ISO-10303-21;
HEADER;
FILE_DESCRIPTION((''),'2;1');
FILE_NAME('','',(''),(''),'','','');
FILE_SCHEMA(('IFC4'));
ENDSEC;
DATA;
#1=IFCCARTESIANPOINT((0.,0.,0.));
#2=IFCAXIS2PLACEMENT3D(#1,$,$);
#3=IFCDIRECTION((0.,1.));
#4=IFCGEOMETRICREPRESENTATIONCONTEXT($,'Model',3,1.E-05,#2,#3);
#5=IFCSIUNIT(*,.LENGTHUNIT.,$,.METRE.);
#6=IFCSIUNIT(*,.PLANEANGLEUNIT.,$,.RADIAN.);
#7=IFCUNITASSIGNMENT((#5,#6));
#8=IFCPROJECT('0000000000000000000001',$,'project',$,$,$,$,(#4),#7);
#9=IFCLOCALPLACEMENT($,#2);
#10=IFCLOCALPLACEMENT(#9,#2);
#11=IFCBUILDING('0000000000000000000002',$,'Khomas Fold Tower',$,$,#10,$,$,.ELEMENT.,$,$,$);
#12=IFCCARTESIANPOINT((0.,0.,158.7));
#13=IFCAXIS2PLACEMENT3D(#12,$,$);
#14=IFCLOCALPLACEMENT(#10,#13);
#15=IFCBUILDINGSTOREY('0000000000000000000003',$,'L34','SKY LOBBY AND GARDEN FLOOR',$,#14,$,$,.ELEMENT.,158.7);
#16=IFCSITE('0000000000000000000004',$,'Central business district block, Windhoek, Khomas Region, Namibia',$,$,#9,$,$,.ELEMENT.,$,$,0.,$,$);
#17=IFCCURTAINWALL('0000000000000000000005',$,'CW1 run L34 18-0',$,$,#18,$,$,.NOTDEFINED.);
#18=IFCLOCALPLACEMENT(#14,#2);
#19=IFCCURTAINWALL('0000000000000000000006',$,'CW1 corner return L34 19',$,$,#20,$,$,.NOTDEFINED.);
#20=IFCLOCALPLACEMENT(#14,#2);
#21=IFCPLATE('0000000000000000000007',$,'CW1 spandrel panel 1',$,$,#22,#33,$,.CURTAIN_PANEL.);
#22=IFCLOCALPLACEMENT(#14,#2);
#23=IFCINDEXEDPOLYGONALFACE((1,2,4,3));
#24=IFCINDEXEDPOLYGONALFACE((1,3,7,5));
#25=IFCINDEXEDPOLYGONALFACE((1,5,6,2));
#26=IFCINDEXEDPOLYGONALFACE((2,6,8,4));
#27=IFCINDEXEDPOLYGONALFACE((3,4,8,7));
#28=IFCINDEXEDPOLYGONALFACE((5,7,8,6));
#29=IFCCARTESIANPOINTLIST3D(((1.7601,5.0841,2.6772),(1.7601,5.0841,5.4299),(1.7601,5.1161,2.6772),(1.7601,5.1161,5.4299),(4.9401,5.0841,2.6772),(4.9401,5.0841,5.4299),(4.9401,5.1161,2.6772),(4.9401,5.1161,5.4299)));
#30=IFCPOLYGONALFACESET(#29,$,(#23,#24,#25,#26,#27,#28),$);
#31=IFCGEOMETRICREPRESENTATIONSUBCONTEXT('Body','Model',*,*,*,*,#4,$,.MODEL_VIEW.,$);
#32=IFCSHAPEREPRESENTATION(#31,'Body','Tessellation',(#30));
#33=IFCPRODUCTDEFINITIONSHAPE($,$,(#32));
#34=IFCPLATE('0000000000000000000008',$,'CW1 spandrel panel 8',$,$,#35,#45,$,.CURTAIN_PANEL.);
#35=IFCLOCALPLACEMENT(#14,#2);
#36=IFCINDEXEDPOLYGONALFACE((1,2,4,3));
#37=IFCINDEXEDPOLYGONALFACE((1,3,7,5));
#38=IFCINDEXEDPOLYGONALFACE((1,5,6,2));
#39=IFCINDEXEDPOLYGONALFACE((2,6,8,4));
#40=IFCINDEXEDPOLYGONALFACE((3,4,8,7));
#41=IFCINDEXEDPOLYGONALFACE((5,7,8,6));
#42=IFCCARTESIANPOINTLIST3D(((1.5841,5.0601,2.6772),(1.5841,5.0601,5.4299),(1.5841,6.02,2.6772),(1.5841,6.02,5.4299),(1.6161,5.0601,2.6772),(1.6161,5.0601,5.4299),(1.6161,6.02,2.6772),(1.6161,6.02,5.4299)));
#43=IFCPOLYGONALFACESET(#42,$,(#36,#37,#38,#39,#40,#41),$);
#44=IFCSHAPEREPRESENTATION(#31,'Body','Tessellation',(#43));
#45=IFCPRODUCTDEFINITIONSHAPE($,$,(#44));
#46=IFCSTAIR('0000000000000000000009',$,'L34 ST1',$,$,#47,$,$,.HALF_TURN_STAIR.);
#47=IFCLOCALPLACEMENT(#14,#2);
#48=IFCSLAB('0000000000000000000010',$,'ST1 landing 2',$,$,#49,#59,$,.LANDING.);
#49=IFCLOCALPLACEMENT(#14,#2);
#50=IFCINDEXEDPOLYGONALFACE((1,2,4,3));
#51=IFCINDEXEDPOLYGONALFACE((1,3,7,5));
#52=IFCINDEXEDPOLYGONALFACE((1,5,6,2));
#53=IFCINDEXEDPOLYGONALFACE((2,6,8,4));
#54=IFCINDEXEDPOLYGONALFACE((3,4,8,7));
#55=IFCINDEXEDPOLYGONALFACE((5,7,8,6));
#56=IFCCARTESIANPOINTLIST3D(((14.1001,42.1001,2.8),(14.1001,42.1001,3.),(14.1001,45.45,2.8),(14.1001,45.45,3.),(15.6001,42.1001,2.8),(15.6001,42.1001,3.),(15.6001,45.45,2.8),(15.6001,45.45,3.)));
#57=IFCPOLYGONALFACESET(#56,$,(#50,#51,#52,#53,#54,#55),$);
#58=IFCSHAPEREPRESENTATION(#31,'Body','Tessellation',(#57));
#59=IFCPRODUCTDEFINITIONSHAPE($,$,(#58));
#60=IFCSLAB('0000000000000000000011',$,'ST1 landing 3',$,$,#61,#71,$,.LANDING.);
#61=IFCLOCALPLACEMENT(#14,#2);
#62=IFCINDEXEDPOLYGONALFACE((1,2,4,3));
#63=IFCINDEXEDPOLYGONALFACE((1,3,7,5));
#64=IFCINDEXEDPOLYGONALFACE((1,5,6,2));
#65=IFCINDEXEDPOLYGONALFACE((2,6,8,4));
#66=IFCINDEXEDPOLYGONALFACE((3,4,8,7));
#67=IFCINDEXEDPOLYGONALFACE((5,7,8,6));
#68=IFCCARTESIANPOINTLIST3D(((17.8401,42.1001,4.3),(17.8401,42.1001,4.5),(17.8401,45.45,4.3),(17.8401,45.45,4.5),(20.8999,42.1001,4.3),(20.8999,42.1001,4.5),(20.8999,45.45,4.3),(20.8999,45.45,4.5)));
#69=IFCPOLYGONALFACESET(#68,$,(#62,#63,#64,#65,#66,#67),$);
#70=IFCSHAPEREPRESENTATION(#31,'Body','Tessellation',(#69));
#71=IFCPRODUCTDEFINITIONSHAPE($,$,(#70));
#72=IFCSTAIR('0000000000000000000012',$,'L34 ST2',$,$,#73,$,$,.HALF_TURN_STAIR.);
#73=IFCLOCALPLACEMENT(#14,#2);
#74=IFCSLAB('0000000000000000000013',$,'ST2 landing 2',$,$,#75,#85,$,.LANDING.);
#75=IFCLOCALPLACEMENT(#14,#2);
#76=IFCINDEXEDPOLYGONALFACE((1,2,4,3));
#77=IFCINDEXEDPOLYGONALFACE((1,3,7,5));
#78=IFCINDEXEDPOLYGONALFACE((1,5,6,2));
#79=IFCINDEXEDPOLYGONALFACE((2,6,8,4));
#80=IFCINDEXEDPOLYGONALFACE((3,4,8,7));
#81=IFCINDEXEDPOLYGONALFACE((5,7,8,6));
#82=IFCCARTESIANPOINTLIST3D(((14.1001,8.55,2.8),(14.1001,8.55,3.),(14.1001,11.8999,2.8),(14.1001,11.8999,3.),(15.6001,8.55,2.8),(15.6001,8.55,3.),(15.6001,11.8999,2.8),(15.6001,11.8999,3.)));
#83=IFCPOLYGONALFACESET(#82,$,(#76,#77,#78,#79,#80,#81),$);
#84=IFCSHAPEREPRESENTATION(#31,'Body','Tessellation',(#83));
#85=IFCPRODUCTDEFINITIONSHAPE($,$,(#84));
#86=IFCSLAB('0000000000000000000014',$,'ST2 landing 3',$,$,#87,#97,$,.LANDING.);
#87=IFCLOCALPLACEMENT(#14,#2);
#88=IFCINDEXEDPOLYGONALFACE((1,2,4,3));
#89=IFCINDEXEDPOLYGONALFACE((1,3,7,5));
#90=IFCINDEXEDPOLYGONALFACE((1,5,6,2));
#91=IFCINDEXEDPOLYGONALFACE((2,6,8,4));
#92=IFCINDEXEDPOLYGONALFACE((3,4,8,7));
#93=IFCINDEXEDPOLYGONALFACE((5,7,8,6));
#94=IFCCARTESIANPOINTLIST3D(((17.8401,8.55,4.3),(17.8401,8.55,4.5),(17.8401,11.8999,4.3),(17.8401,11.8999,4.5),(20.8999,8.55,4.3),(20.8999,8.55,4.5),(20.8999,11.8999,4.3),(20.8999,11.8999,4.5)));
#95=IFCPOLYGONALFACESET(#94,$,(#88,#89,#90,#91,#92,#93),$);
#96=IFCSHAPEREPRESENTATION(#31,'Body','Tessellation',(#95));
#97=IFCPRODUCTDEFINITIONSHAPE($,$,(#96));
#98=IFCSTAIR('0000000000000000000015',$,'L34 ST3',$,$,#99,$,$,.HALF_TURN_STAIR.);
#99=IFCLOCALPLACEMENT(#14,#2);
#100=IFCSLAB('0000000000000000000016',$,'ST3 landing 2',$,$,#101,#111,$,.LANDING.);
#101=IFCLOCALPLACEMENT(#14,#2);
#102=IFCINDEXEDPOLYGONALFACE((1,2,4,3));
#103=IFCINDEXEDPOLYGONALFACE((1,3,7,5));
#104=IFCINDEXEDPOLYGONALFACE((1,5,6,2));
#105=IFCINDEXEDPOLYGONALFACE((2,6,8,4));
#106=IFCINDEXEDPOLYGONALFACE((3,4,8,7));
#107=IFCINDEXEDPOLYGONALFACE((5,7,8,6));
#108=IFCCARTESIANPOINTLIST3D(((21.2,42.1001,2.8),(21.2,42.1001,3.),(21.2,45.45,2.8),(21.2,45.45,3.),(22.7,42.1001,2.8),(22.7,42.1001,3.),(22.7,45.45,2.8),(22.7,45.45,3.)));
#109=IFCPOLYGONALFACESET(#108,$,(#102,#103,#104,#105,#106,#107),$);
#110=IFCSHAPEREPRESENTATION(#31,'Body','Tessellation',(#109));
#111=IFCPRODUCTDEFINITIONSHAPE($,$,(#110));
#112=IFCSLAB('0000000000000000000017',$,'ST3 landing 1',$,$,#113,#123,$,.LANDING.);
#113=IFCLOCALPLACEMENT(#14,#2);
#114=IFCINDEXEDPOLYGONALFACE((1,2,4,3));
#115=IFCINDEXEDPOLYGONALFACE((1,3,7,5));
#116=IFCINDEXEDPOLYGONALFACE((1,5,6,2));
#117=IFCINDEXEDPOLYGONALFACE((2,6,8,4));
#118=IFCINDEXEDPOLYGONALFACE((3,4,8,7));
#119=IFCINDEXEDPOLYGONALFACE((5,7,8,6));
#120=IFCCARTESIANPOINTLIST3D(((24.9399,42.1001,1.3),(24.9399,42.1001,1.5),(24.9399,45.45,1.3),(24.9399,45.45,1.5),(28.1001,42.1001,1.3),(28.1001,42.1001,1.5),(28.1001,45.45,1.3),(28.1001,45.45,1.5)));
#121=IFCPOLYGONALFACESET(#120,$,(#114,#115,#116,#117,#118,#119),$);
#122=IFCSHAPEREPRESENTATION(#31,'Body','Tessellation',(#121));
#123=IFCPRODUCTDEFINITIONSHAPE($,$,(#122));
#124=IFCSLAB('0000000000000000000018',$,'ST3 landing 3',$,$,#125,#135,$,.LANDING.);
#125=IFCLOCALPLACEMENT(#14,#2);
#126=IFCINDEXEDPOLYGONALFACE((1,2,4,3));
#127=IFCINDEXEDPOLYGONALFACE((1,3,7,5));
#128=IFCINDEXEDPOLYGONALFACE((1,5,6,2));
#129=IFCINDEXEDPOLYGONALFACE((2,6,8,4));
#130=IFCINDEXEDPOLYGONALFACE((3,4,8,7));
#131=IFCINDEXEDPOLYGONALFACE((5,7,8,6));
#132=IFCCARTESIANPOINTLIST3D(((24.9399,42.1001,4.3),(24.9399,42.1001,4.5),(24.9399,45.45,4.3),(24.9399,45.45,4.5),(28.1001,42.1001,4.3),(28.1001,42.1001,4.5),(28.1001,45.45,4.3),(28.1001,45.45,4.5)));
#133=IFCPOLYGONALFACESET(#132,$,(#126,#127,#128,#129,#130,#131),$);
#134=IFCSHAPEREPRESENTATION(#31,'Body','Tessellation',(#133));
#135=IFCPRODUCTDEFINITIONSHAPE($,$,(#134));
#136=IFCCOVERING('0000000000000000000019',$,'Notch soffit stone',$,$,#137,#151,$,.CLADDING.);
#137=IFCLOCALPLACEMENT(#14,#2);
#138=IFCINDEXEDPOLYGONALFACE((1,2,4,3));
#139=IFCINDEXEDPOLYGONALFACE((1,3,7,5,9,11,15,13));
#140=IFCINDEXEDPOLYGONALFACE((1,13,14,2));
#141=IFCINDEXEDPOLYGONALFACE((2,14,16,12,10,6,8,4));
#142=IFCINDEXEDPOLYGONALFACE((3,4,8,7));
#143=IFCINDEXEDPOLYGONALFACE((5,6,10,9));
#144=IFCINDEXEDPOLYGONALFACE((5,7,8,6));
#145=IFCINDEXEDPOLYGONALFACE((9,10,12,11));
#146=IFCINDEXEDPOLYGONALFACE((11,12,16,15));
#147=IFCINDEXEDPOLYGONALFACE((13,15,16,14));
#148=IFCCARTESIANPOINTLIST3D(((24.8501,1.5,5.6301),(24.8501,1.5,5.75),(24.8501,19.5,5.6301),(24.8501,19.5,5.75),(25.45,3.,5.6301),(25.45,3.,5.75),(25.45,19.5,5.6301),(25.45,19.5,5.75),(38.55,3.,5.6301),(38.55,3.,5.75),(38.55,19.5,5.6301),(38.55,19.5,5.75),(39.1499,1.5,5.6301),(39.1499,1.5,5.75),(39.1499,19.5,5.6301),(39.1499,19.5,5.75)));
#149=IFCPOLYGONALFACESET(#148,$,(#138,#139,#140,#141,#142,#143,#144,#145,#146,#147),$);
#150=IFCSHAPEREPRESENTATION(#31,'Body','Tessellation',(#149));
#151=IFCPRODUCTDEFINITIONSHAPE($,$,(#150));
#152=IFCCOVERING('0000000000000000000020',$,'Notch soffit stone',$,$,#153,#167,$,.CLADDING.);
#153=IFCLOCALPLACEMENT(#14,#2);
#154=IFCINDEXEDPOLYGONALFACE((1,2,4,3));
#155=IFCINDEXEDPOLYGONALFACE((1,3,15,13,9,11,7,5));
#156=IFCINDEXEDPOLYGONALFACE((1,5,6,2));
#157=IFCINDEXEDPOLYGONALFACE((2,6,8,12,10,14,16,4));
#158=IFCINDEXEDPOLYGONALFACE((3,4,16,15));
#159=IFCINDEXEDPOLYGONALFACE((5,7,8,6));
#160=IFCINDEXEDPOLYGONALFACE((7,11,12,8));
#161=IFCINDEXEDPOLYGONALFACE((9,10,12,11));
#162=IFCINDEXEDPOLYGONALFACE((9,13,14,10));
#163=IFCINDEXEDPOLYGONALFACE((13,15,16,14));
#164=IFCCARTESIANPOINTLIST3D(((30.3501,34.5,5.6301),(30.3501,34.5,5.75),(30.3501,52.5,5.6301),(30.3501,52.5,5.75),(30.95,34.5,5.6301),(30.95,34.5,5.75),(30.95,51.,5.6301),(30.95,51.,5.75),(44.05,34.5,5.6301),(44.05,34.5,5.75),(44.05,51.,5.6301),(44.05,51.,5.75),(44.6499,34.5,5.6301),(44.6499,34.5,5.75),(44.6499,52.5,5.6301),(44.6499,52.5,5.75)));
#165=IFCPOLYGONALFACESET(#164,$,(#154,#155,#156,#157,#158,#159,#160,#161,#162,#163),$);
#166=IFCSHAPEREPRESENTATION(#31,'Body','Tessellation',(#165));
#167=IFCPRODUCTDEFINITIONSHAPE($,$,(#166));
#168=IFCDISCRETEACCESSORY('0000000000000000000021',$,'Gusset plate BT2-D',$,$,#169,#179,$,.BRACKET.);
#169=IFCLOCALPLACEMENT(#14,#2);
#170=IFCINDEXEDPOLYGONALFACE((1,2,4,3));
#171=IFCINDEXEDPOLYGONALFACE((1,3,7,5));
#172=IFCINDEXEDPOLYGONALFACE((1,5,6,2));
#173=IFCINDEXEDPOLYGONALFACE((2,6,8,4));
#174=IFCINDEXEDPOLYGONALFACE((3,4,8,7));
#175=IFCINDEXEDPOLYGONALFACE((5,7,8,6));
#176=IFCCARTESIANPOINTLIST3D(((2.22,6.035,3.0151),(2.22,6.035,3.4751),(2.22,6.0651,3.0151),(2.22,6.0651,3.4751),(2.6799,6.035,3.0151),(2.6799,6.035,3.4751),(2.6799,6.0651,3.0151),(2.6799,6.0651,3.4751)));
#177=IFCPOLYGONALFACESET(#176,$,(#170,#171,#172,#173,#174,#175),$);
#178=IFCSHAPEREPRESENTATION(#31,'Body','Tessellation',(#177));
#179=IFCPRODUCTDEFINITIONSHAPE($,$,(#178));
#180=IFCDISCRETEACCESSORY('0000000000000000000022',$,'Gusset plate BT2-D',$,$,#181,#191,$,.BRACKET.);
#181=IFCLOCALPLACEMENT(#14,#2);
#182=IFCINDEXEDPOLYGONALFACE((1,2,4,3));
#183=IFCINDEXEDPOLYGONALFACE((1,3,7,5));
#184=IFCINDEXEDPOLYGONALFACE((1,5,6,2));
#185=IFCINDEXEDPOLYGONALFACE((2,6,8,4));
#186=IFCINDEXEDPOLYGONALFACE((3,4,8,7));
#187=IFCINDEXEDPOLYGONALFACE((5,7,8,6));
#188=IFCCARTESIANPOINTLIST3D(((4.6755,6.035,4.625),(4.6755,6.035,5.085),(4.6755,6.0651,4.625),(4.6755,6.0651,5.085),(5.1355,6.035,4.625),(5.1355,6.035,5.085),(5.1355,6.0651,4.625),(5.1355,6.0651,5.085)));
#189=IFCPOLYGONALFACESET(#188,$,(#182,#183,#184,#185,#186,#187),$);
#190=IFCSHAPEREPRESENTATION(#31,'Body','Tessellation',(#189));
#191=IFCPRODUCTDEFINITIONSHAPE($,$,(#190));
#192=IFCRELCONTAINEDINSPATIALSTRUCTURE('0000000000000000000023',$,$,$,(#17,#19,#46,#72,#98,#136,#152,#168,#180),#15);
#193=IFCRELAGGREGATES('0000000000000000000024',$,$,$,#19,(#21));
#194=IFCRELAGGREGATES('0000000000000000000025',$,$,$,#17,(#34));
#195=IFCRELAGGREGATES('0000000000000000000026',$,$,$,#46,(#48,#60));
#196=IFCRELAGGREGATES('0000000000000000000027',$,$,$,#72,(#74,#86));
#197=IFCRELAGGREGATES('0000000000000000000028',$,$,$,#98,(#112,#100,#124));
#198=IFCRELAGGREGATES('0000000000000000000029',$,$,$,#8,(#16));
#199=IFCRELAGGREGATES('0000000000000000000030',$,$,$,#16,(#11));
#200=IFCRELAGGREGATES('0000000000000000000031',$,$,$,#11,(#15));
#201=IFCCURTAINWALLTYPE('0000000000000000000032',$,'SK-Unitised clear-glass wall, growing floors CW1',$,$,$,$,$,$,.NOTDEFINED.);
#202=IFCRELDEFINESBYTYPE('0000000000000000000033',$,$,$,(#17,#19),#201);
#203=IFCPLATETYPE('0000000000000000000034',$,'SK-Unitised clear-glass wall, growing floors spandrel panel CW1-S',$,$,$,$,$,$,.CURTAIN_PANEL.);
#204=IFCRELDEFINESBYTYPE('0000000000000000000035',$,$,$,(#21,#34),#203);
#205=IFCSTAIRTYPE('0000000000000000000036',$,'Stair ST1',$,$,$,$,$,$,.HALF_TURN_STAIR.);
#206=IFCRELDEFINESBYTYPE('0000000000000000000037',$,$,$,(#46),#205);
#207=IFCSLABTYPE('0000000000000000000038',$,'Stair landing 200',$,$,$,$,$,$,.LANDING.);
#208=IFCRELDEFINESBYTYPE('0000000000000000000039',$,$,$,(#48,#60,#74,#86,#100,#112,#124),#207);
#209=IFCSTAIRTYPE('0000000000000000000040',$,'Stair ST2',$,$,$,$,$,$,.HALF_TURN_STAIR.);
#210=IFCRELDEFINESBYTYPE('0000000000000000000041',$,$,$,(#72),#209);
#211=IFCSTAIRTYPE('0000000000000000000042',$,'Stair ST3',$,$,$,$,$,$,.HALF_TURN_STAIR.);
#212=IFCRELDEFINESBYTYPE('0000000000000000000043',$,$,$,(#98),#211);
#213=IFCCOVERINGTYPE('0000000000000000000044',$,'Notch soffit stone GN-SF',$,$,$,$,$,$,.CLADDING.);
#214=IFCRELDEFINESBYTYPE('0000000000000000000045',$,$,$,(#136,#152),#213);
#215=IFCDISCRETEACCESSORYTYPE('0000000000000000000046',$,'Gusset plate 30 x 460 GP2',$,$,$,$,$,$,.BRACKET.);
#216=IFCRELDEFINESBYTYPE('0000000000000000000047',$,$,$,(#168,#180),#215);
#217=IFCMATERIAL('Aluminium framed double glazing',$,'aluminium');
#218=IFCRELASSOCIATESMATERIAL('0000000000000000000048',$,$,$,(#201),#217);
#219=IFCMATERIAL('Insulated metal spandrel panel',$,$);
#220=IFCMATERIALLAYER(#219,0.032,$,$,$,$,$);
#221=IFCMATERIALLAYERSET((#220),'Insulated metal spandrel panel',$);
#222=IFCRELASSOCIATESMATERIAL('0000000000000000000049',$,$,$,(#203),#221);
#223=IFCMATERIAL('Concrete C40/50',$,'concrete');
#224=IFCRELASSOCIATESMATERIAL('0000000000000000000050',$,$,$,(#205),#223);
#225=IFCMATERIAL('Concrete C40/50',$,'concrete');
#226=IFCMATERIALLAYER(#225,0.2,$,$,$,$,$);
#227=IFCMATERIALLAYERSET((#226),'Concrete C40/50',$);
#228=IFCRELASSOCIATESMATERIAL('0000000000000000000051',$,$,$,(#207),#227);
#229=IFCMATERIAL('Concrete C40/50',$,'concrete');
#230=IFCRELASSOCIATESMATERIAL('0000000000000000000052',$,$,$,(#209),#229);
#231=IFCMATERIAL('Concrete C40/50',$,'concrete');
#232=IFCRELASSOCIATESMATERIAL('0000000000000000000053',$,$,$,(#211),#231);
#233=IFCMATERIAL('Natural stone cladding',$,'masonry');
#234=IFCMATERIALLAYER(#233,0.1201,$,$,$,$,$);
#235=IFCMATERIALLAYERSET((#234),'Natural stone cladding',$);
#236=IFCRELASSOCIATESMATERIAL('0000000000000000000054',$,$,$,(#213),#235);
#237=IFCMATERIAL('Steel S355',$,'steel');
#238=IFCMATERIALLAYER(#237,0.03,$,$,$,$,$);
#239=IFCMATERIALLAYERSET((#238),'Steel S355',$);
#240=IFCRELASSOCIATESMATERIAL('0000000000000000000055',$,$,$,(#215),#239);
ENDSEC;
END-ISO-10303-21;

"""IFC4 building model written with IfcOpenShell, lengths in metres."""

from ifc_helpers import new_model, si_unit, direction, frame, origin, origin_2d, place, context, subcontext, project, spatial, polyline, rectangle, outline, extrude, source, transform, mapped, material, layer, layer_set, type_object, element, aggregate, save


model = new_model("IFC4")

# Units and contexts
model_context = context("Model", 3, precision=1e-05, world=origin(), true_north=direction((0.0, 1.0)))
body_context = subcontext(model_context, "Body", "Model", "MODEL_VIEW")
ifc_project = project(units=[si_unit("LENGTHUNIT", "METRE"), si_unit("PLANEANGLEUNIT", "RADIAN")], contexts=[model_context])

# Site, building, storey
site_placement = place(None, origin())
site = spatial("IfcSite", under=ifc_project, at=site_placement, Name="Central business district block, Windhoek, Khomas Region, Namibia", CompositionType="ELEMENT", RefElevation=0.0)
building_placement = place(site_placement, origin())
building = spatial("IfcBuilding", under=site, at=building_placement, Name="Khomas Fold Tower", CompositionType="ELEMENT")
storey_placement = place(building_placement, frame((0.0, 0.0, 158.7)))
storey = spatial("IfcBuildingStorey", under=building, at=storey_placement, Name="L34", Description="SKY LOBBY AND GARDEN FLOOR", CompositionType="ELEMENT", Elevation=158.7)

# Curtain wall
ifc_material_1 = material(Name="Aluminium framed double glazing", Category="aluminium")
curtain_wall_type = type_object("IfcCurtainWallType", Name="SK-Unitised clear-glass wall, growing floors CW1", PredefinedType="NOTDEFINED", material=ifc_material_1)
curtain_wall_1_placement = place(storey_placement, origin())
curtain_wall_1 = element("IfcCurtainWall", 1, at=curtain_wall_1_placement, inside=storey, type_object=curtain_wall_type, Name="CW1 run L34 18-0", PredefinedType="NOTDEFINED")

# Curtain wall, plate
curtain_wall_2_placement = place(storey_placement, origin())
curtain_wall_2 = element("IfcCurtainWall", 2, at=curtain_wall_2_placement, inside=storey, type_object=curtain_wall_type, Name="CW1 corner return L34 19", PredefinedType="NOTDEFINED")
ifc_material_2 = material(Name="Insulated metal spandrel panel")
ifc_layer_1 = layer(ifc_material_2, 0.032)
ifc_layer_set_1 = layer_set([ifc_layer_1], Name="Insulated metal spandrel panel")
plate_type = type_object("IfcPlateType", Name="SK-Unitised clear-glass wall, growing floors spandrel panel CW1-S", PredefinedType="CURTAIN_PANEL", material=ifc_layer_set_1)
shared_shape_1 = source(origin(), body_context, "Body", "SweptSolid", [
    extrude(rectangle(XDim=3.1799, YDim=0.032, at=origin_2d()), origin(), (0.0, 0.0, 1.0), 2.7527),
])
plate_1_placement = place(storey_placement, frame((3.3501, 5.1001, 2.6772), z_axis=(0.0, 0.0, 1.0), x_axis=(1.0, 0.0, 0.0)))
plate_1 = element("IfcPlate", 3, at=plate_1_placement, type_object=plate_type, Name="CW1 spandrel panel 1", PredefinedType="CURTAIN_PANEL", context=body_context, shape_type="MappedRepresentation", body=[
    mapped(shared_shape_1, transform((0.0, 0.0, 0.0))),
])
aggregate(curtain_wall_2, [plate_1])

# Plate
shared_shape_2 = source(origin(), body_context, "Body", "SweptSolid", [
    extrude(rectangle(XDim=0.96, YDim=0.032, at=origin_2d()), origin(), (0.0, 0.0, 1.0), 2.7527),
])
plate_2_placement = place(storey_placement, frame((1.6001, 5.54, 2.6772), z_axis=(0.0, 0.0, 1.0), x_axis=(0.0, -1.0, 0.0)))
plate_2 = element("IfcPlate", 4, at=plate_2_placement, type_object=plate_type, Name="CW1 spandrel panel 8", PredefinedType="CURTAIN_PANEL", context=body_context, shape_type="MappedRepresentation", body=[
    mapped(shared_shape_2, transform((0.0, 0.0, 0.0))),
])
aggregate(curtain_wall_1, [plate_2])

# Stairs, slabs
ifc_material_3 = material(Name="Concrete C40/50", Category="concrete")
stair_type_1 = type_object("IfcStairType", Name="Stair ST1", PredefinedType="HALF_TURN_STAIR", material=ifc_material_3)
stair_1_placement = place(storey_placement, origin())
stair_1 = element("IfcStair", 5, at=stair_1_placement, inside=storey, type_object=stair_type_1, Name="L34 ST1", PredefinedType="HALF_TURN_STAIR")
ifc_material_4 = material(Name="Concrete C40/50", Category="concrete")
ifc_layer_2 = layer(ifc_material_4, 0.2)
ifc_layer_set_2 = layer_set([ifc_layer_2], Name="Concrete C40/50")
slab_type = type_object("IfcSlabType", Name="Stair landing 200", PredefinedType="LANDING", material=ifc_layer_set_2)
shared_shape_3 = source(origin(), body_context, "Body", "SweptSolid", [
    extrude(outline(polyline([(14.1001, 42.1001), (15.6001, 42.1001), (15.6001, 45.45), (14.1001, 45.45), (14.1001, 42.1001)])), origin(), (0.0, 0.0, 1.0), 0.2),
])
slab_1_placement = place(storey_placement, frame((0.0, 0.0, 2.8)))
slab_1 = element("IfcSlab", 6, at=slab_1_placement, type_object=slab_type, Name="ST1 landing 2", PredefinedType="LANDING", context=body_context, shape_type="MappedRepresentation", body=[
    mapped(shared_shape_3, transform((0.0, 0.0, 0.0))),
])
shared_shape_4 = source(origin(), body_context, "Body", "SweptSolid", [
    extrude(outline(polyline([(17.8401, 42.1001), (20.8999, 42.1001), (20.8999, 45.45), (17.8401, 45.45), (17.8401, 42.1001)])), origin(), (0.0, 0.0, 1.0), 0.2),
])
slab_2_placement = place(storey_placement, frame((0.0, 0.0, 4.3)))
slab_2 = element("IfcSlab", 7, at=slab_2_placement, type_object=slab_type, Name="ST1 landing 3", PredefinedType="LANDING", context=body_context, shape_type="MappedRepresentation", body=[
    mapped(shared_shape_4, transform((0.0, 0.0, 0.0))),
])
aggregate(stair_1, [slab_1, slab_2])
ifc_material_5 = material(Name="Concrete C40/50", Category="concrete")
stair_type_2 = type_object("IfcStairType", Name="Stair ST2", PredefinedType="HALF_TURN_STAIR", material=ifc_material_5)
stair_2_placement = place(storey_placement, origin())
stair_2 = element("IfcStair", 8, at=stair_2_placement, inside=storey, type_object=stair_type_2, Name="L34 ST2", PredefinedType="HALF_TURN_STAIR")
shared_shape_5 = source(origin(), body_context, "Body", "SweptSolid", [
    extrude(outline(polyline([(14.1001, 8.55), (15.6001, 8.55), (15.6001, 11.8999), (14.1001, 11.8999), (14.1001, 8.55)])), origin(), (0.0, 0.0, 1.0), 0.2),
])
slab_3_placement = place(storey_placement, frame((0.0, 0.0, 2.8)))
slab_3 = element("IfcSlab", 9, at=slab_3_placement, type_object=slab_type, Name="ST2 landing 2", PredefinedType="LANDING", context=body_context, shape_type="MappedRepresentation", body=[
    mapped(shared_shape_5, transform((0.0, 0.0, 0.0))),
])
shared_shape_6 = source(origin(), body_context, "Body", "SweptSolid", [
    extrude(outline(polyline([(17.8401, 8.55), (20.8999, 8.55), (20.8999, 11.8999), (17.8401, 11.8999), (17.8401, 8.55)])), origin(), (0.0, 0.0, 1.0), 0.2),
])
slab_4_placement = place(storey_placement, frame((0.0, 0.0, 4.3)))
slab_4 = element("IfcSlab", 10, at=slab_4_placement, type_object=slab_type, Name="ST2 landing 3", PredefinedType="LANDING", context=body_context, shape_type="MappedRepresentation", body=[
    mapped(shared_shape_6, transform((0.0, 0.0, 0.0))),
])
aggregate(stair_2, [slab_3, slab_4])
ifc_material_6 = material(Name="Concrete C40/50", Category="concrete")
stair_type_3 = type_object("IfcStairType", Name="Stair ST3", PredefinedType="HALF_TURN_STAIR", material=ifc_material_6)
stair_3_placement = place(storey_placement, origin())
stair_3 = element("IfcStair", 11, at=stair_3_placement, inside=storey, type_object=stair_type_3, Name="L34 ST3", PredefinedType="HALF_TURN_STAIR")
shared_shape_7 = source(origin(), body_context, "Body", "SweptSolid", [
    extrude(outline(polyline([(21.2, 42.1001), (22.7, 42.1001), (22.7, 45.45), (21.2, 45.45), (21.2, 42.1001)])), origin(), (0.0, 0.0, 1.0), 0.2),
])
slab_5_placement = place(storey_placement, frame((0.0, 0.0, 2.8)))
slab_5 = element("IfcSlab", 12, at=slab_5_placement, type_object=slab_type, Name="ST3 landing 2", PredefinedType="LANDING", context=body_context, shape_type="MappedRepresentation", body=[
    mapped(shared_shape_7, transform((0.0, 0.0, 0.0))),
])
shared_shape_8 = source(origin(), body_context, "Body", "SweptSolid", [
    extrude(outline(polyline([(24.9399, 42.1001), (28.1001, 42.1001), (28.1001, 45.45), (24.9399, 45.45), (24.9399, 42.1001)])), origin(), (0.0, 0.0, 1.0), 0.2),
])
slab_6_placement = place(storey_placement, frame((0.0, 0.0, 1.3)))
slab_6 = element("IfcSlab", 13, at=slab_6_placement, type_object=slab_type, Name="ST3 landing 1", PredefinedType="LANDING", context=body_context, shape_type="MappedRepresentation", body=[
    mapped(shared_shape_8, transform((0.0, 0.0, 0.0))),
])
slab_7_placement = place(storey_placement, frame((0.0, 0.0, 4.3)))
slab_7 = element("IfcSlab", 14, at=slab_7_placement, type_object=slab_type, Name="ST3 landing 3", PredefinedType="LANDING", context=body_context, shape_type="MappedRepresentation", body=[
    mapped(shared_shape_8, transform((0.0, 0.0, 0.0))),
])
aggregate(stair_3, [slab_6, slab_5, slab_7])

# Coverings
ifc_material_7 = material(Name="Natural stone cladding", Category="masonry")
ifc_layer_3 = layer(ifc_material_7, 0.1201)
ifc_layer_set_3 = layer_set([ifc_layer_3], Name="Natural stone cladding")
covering_type = type_object("IfcCoveringType", Name="Notch soffit stone GN-SF", PredefinedType="CLADDING", material=ifc_layer_set_3)
shared_shape_9 = source(origin(), body_context, "Body", "SweptSolid", [
    extrude(outline(polyline([(38.55, 19.5), (38.55, 3.0), (25.45, 3.0), (25.45, 19.5), (24.8501, 19.5), (24.8501, 1.5), (39.1499, 1.5), (39.1499, 19.5), (38.55, 19.5)])), origin(), (0.0, 0.0, 1.0), 0.1199),
])
covering_1_placement = place(storey_placement, frame((0.0, 0.0, 5.6301)))
element("IfcCovering", 15, at=covering_1_placement, inside=storey, type_object=covering_type, Name="Notch soffit stone", PredefinedType="CLADDING", context=body_context, shape_type="MappedRepresentation", body=[
    mapped(shared_shape_9, transform((0.0, 0.0, 0.0))),
])
shared_shape_10 = source(origin(), body_context, "Body", "SweptSolid", [
    extrude(outline(polyline([(30.95, 34.5), (30.95, 51.0), (44.05, 51.0), (44.05, 34.5), (44.6499, 34.5), (44.6499, 52.5), (30.3501, 52.5), (30.3501, 34.5), (30.95, 34.5)])), origin(), (0.0, 0.0, 1.0), 0.1199),
])
covering_2_placement = place(storey_placement, frame((0.0, 0.0, 5.6301)))
element("IfcCovering", 16, at=covering_2_placement, inside=storey, type_object=covering_type, Name="Notch soffit stone", PredefinedType="CLADDING", context=body_context, shape_type="MappedRepresentation", body=[
    mapped(shared_shape_10, transform((0.0, 0.0, 0.0))),
])

# Discrete accessories
ifc_material_8 = material(Name="Steel S355", Category="steel")
ifc_layer_4 = layer(ifc_material_8, 0.03)
ifc_layer_set_4 = layer_set([ifc_layer_4], Name="Steel S355")
discrete_accessory_type = type_object("IfcDiscreteAccessoryType", Name="Gusset plate 30 x 460 GP2", PredefinedType="BRACKET", material=ifc_layer_set_4)
shared_shape_11 = source(origin(), body_context, "Body", "SweptSolid", [
    extrude(rectangle(XDim=0.46, YDim=0.03, at=origin_2d()), origin(), (0.0, 0.0, 1.0), 0.46),
])
for number, where, z_axis, x_axis, name in (
    (17, (2.45, 6.05, 3.0151), (0.0, 0.0, 1.0), (1.0, 0.0, 0.0), "Gusset plate BT2-D"),
    (18, (4.9055, 6.05, 4.625), (0.0, 0.0, 1.0), (1.0, 0.0, 0.0), "Gusset plate BT2-D"),
):
    element("IfcDiscreteAccessory", number, at=place(storey_placement, frame(where, z_axis=z_axis, x_axis=x_axis)), inside=storey, type_object=discrete_accessory_type, Name=name, PredefinedType="BRACKET", context=body_context, shape_type="MappedRepresentation", body=[
        mapped(shared_shape_11, transform((0.0, 0.0, 0.0))),
    ])

save(model, "model.ifc")
